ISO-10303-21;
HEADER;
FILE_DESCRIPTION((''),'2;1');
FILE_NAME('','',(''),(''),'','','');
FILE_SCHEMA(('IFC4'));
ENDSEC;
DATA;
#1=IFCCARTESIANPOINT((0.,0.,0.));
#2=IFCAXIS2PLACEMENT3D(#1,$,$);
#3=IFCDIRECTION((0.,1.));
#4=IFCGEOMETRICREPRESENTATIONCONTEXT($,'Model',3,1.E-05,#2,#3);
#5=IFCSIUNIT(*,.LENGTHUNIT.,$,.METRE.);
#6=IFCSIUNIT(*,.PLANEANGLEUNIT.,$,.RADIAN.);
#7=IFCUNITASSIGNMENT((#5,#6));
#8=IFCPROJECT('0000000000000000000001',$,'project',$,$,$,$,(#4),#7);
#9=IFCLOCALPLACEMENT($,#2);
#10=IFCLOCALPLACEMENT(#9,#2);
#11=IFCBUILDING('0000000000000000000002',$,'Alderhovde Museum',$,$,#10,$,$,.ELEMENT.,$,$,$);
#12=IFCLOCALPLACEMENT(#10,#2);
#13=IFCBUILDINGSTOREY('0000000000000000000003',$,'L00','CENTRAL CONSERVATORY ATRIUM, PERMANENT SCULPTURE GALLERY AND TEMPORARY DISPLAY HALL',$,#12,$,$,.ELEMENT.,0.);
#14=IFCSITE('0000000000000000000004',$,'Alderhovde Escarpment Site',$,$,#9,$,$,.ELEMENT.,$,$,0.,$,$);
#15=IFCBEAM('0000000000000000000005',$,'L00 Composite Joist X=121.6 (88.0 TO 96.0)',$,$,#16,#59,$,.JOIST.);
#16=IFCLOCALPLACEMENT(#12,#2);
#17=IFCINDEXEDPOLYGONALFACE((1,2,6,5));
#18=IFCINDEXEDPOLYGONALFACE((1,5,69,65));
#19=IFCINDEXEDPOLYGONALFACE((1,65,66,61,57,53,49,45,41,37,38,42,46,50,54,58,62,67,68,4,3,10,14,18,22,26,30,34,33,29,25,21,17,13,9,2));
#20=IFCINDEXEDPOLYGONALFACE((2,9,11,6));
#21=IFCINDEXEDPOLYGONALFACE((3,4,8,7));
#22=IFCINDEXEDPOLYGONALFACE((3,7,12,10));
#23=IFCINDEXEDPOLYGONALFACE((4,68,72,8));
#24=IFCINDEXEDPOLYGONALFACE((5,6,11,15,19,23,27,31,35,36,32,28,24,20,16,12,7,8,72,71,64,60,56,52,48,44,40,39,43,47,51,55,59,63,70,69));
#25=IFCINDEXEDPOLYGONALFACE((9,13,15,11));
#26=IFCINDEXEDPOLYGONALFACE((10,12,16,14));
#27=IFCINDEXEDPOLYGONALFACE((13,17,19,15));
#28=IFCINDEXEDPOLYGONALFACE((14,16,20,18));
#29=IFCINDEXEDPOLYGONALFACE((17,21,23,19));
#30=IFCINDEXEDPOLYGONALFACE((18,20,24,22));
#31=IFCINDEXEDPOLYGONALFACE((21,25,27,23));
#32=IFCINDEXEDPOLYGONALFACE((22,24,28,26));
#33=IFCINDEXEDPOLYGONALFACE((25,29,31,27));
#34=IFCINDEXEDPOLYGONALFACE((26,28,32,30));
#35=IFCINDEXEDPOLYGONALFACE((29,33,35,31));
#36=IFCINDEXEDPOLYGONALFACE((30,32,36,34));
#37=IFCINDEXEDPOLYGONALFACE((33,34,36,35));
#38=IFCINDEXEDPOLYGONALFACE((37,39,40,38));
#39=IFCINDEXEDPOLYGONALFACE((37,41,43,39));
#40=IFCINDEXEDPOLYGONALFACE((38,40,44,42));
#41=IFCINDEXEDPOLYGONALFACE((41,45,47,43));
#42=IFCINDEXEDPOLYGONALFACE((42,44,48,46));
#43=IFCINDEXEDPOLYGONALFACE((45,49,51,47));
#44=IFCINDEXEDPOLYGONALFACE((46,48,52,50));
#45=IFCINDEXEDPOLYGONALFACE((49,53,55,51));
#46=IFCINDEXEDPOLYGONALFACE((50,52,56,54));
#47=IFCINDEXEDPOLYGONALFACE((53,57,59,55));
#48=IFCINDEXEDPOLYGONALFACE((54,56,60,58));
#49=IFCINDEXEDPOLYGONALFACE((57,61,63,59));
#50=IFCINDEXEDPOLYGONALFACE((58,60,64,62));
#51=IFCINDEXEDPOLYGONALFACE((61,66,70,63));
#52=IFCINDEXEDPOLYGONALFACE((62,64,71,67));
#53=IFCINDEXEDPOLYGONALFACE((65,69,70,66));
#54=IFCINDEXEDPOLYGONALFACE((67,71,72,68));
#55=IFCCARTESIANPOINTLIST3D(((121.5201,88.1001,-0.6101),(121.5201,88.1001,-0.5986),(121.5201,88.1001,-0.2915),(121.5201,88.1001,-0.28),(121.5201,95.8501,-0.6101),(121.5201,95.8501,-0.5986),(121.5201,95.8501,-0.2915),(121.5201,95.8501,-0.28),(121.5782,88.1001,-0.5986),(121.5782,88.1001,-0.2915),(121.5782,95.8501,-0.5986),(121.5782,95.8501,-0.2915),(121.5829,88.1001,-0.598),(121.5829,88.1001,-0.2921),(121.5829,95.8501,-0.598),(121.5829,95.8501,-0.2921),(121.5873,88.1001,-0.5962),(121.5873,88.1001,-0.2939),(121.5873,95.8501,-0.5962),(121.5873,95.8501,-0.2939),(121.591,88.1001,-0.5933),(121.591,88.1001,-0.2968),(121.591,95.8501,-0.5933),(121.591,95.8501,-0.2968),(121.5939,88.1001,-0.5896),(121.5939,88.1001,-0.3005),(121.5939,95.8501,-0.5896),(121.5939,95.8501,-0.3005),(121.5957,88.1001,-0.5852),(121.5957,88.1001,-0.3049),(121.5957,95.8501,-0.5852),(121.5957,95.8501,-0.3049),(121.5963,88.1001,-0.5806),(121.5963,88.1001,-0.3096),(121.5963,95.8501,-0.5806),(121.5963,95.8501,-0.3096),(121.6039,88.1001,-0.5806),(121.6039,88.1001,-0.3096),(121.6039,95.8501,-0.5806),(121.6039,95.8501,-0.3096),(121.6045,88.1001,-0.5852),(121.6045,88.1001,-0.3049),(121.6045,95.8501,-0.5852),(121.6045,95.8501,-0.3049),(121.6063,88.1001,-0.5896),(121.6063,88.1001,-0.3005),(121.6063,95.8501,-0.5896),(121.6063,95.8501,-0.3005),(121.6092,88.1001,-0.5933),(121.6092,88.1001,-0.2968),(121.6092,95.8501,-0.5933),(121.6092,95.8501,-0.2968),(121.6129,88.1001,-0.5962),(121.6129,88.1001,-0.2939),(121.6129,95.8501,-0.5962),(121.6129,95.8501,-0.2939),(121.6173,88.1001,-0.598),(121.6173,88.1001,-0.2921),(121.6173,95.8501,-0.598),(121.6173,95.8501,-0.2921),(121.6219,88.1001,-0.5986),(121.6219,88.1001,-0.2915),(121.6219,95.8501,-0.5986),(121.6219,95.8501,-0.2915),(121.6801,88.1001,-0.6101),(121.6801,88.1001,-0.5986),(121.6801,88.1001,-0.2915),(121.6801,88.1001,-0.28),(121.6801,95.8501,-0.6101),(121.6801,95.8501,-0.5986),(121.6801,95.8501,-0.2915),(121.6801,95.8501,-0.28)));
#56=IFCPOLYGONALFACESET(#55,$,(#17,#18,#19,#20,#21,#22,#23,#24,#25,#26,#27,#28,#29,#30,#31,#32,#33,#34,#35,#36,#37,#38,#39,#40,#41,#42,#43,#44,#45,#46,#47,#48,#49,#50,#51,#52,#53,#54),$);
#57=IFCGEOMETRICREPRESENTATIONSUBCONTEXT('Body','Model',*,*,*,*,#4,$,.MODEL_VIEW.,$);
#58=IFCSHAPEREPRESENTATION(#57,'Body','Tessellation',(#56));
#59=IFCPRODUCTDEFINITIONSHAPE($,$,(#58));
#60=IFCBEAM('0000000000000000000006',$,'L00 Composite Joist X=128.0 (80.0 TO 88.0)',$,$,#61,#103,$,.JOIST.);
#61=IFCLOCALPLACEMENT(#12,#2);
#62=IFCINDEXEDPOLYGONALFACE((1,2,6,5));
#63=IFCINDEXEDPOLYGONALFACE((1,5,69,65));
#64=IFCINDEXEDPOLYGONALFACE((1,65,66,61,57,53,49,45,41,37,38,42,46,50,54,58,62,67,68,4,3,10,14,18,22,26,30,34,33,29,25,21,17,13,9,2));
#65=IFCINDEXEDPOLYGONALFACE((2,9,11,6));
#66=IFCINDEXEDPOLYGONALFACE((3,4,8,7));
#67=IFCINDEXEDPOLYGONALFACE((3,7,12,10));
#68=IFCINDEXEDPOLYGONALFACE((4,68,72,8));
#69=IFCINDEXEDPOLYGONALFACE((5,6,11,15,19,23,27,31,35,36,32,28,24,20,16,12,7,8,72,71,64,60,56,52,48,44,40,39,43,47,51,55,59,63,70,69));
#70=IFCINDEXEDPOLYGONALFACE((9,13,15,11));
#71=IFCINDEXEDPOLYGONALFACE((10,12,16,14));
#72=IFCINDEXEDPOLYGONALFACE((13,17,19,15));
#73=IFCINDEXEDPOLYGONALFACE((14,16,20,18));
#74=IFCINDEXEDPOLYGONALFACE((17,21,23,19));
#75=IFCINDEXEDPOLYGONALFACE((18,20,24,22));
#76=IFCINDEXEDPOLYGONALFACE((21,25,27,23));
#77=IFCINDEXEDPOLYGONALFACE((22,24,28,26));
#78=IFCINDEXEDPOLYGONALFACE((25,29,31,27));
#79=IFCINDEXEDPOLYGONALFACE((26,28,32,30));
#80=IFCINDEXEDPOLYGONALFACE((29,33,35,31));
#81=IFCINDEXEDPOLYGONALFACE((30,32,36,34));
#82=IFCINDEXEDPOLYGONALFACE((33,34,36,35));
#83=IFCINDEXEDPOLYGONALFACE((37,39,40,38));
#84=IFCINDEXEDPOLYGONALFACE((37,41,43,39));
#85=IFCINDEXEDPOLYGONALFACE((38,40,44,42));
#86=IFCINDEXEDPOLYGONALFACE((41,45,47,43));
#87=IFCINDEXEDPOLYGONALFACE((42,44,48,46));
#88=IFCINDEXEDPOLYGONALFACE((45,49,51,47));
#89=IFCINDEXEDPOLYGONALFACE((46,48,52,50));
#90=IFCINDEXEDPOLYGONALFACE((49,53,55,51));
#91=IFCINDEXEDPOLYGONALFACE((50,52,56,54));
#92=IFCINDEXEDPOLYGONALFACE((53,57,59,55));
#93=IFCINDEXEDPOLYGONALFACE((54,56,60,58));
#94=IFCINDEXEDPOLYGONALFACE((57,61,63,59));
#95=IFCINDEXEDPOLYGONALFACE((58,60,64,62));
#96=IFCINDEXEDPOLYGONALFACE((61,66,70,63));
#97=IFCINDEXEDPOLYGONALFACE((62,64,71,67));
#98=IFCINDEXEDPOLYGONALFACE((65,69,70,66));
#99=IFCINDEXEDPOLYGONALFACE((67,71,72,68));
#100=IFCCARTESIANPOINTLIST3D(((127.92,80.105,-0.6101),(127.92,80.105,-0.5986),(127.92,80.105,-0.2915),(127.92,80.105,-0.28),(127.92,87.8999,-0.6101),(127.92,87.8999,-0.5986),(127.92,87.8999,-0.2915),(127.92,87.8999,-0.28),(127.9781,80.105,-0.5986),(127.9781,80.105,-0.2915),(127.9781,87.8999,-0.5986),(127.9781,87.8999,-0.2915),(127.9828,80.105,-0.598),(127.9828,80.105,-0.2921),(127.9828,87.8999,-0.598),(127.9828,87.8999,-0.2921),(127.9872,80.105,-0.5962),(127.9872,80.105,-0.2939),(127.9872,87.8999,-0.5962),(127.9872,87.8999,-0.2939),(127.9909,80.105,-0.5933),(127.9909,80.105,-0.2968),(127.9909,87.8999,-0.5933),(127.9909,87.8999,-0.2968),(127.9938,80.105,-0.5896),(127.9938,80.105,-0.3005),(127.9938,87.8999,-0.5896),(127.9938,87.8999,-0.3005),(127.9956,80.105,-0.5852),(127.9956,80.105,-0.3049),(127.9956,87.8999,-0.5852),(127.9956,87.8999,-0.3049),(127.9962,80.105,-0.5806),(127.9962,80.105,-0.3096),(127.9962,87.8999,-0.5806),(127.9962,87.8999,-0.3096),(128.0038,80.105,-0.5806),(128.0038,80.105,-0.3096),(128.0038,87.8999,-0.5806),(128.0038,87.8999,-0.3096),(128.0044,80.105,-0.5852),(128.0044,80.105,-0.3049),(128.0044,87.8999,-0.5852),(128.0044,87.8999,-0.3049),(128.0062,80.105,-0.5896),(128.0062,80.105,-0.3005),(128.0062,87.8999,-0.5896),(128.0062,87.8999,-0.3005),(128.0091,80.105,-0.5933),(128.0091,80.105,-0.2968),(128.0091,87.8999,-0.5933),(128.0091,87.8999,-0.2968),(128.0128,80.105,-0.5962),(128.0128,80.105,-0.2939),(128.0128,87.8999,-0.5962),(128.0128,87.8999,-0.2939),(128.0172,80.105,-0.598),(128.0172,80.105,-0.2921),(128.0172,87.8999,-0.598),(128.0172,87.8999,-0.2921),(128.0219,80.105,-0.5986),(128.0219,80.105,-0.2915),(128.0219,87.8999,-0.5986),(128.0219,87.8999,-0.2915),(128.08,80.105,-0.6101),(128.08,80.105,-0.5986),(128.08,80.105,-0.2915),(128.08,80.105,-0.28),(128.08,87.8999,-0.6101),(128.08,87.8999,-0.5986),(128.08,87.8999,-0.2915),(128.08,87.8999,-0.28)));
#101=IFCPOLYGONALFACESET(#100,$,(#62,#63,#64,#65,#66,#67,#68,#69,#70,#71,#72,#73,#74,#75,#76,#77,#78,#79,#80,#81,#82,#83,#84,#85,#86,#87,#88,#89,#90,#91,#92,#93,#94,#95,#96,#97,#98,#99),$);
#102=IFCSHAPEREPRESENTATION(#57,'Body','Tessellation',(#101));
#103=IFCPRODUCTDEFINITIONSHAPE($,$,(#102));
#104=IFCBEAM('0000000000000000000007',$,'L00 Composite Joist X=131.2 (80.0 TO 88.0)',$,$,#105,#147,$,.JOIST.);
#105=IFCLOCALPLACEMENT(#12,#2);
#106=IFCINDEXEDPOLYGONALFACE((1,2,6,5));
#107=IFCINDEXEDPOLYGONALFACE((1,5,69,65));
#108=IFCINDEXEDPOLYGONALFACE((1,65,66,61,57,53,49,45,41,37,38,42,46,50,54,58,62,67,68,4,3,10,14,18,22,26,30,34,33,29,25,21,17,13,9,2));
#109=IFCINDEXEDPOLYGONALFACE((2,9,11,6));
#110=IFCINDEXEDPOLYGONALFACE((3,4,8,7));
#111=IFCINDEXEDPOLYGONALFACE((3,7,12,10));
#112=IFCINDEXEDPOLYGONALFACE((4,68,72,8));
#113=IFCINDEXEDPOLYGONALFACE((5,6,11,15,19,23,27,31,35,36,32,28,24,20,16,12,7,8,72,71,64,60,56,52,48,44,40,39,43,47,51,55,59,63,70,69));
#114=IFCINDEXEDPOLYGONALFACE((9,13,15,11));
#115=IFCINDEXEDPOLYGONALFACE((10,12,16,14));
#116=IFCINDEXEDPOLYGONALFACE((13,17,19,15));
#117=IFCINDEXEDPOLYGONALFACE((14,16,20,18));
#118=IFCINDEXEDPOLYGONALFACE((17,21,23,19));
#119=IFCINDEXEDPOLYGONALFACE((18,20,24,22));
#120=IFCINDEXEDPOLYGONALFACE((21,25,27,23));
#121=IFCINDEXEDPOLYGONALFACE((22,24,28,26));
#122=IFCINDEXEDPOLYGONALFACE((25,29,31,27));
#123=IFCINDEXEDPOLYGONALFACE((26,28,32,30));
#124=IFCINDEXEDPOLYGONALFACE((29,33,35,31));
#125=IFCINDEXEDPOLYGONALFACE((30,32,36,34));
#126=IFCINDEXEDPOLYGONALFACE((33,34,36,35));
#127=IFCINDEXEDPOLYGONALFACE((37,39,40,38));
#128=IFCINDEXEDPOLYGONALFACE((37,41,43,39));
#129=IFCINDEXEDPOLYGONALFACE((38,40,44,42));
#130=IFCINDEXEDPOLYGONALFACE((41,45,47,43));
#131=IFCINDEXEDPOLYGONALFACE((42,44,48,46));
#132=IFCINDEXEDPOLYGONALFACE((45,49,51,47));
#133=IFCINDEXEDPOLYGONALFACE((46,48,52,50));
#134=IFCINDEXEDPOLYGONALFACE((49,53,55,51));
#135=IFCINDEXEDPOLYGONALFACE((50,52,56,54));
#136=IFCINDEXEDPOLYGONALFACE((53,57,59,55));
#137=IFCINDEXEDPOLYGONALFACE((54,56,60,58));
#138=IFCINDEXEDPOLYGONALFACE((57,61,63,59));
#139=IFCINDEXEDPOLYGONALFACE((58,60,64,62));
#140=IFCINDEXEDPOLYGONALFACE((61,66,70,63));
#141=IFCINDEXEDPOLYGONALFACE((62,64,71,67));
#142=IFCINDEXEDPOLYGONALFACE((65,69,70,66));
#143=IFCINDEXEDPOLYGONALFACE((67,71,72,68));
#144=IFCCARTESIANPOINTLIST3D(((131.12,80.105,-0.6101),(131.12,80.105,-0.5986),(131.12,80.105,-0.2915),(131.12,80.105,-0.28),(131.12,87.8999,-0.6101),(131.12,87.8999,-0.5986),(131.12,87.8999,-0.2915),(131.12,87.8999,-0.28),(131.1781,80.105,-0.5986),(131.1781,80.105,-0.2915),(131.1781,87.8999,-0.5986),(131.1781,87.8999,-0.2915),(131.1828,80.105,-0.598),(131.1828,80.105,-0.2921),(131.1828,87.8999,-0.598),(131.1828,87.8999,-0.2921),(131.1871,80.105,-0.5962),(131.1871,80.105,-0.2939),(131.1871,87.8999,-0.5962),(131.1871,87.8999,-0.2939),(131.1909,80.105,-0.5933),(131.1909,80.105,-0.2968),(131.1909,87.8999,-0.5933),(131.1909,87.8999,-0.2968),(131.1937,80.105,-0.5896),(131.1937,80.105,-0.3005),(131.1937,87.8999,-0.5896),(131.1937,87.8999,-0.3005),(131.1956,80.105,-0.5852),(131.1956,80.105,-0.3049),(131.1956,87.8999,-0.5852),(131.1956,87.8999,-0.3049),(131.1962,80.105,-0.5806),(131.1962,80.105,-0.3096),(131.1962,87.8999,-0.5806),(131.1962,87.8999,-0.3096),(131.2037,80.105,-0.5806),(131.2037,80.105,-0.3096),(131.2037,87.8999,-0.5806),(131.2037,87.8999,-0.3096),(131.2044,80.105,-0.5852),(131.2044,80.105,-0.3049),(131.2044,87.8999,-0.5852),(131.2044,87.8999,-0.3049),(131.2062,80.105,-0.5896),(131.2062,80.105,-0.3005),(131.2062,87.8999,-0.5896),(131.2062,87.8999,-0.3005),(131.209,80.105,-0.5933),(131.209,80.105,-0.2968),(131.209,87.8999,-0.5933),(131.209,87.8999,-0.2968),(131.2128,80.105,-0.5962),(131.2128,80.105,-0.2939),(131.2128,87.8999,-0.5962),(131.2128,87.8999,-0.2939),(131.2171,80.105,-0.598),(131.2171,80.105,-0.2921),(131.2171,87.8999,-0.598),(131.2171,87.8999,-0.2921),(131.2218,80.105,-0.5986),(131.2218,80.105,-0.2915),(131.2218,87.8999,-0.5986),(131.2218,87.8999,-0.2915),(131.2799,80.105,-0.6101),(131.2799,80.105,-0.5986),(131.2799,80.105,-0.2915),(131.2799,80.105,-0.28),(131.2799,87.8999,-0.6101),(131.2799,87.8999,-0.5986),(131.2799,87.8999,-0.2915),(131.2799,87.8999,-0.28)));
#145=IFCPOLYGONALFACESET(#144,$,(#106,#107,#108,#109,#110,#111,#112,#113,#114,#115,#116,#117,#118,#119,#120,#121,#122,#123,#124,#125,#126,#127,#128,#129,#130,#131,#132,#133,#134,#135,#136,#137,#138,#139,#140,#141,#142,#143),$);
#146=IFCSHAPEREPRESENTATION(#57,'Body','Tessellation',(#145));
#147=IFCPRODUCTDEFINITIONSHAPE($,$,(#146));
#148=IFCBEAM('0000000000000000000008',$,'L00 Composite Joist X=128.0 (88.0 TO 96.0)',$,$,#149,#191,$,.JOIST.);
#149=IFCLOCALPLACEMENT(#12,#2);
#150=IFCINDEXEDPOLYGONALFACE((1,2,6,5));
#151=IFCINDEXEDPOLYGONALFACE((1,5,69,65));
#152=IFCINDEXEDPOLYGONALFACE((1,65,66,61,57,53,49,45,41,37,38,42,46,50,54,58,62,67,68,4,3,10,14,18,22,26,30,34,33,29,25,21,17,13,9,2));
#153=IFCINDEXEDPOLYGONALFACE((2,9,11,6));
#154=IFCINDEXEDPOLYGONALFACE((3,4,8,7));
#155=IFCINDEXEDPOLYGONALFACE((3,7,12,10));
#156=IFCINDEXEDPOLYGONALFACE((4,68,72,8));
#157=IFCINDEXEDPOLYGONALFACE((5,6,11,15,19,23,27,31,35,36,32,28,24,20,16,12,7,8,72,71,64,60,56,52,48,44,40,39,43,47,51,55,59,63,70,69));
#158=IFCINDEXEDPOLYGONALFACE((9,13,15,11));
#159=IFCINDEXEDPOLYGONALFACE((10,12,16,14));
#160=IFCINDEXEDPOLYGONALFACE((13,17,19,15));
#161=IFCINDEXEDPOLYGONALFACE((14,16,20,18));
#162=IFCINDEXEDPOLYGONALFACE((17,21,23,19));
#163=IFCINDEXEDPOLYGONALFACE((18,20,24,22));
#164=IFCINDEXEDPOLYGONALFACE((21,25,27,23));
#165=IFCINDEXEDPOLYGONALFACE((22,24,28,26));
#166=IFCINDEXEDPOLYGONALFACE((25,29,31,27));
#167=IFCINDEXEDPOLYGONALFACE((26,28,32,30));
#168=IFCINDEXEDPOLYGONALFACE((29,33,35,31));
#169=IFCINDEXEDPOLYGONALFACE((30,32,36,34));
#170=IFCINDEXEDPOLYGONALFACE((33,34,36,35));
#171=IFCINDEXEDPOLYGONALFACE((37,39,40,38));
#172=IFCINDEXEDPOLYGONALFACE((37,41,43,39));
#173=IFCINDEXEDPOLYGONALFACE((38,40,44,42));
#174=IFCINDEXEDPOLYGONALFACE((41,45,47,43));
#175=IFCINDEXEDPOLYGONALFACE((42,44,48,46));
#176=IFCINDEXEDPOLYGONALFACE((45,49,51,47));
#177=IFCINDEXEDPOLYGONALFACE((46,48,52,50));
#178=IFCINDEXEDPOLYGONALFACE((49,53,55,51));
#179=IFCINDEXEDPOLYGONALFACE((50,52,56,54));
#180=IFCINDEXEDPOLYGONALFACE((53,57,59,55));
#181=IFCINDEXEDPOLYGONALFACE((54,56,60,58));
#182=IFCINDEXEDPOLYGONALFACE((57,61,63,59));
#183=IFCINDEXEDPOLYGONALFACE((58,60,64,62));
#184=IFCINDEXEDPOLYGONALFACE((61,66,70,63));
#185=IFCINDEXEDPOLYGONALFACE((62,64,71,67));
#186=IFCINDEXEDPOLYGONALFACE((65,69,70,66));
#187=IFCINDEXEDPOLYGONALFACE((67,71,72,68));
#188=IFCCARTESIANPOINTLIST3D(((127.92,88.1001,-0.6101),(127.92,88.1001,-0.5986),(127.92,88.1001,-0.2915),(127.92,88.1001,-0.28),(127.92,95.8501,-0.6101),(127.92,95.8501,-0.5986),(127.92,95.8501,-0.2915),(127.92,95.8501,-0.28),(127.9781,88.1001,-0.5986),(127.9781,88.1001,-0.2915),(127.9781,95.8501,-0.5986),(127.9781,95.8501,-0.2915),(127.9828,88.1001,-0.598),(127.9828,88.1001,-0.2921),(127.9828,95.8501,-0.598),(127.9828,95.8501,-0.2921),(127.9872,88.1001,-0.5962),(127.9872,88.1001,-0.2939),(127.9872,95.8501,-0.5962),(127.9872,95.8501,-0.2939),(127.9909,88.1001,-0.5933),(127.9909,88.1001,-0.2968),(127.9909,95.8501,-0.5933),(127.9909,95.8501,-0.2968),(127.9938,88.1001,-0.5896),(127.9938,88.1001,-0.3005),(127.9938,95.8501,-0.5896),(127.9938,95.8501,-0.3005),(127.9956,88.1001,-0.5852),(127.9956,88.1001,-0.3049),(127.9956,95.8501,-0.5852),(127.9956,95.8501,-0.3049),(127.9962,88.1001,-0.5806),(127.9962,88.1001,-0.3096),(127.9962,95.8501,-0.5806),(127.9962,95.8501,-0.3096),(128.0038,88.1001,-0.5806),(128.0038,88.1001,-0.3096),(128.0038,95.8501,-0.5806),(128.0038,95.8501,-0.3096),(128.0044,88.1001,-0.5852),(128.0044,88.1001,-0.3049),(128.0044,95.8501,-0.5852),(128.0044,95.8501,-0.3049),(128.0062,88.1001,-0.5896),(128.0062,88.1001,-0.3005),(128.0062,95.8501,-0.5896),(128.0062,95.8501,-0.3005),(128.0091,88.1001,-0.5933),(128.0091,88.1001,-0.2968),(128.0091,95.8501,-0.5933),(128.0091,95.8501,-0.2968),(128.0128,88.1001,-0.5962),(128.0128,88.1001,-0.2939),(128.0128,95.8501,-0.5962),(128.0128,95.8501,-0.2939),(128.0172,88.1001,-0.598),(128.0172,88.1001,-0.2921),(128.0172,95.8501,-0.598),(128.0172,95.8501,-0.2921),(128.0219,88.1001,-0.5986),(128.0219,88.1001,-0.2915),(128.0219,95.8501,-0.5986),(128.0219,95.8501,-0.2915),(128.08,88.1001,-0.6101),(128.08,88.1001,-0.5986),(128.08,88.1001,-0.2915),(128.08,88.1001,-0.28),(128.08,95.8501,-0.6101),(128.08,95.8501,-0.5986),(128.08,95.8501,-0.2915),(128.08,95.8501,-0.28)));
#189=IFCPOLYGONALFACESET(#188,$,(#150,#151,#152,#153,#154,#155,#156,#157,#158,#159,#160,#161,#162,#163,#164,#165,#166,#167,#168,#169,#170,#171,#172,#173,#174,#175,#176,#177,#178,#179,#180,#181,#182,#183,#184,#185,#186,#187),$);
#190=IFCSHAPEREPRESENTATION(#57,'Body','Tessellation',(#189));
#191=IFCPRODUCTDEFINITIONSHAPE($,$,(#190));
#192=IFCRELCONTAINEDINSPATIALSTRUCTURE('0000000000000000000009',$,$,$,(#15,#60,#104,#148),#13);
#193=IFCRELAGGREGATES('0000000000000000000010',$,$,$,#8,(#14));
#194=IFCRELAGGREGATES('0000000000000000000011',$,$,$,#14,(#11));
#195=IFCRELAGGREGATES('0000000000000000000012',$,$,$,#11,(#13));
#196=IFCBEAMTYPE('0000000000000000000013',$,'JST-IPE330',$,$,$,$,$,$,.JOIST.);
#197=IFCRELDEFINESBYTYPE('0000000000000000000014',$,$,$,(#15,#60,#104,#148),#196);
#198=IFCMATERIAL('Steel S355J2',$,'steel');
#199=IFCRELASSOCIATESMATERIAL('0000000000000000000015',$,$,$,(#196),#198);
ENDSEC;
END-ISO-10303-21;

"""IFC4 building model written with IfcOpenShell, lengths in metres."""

from ifc_helpers import new_model, si_unit, direction, frame, origin, origin_2d, place, context, subcontext, project, spatial, i_section, extrude, material, material_profile, profile_set, type_object, element, save


model = new_model("IFC4")

# Units and contexts
model_context = context("Model", 3, precision=1e-05, world=origin(), true_north=direction((0.0, 1.0)))
body_context = subcontext(model_context, "Body", "Model", "MODEL_VIEW")
ifc_project = project(units=[si_unit("LENGTHUNIT", "METRE"), si_unit("PLANEANGLEUNIT", "RADIAN")], contexts=[model_context])

# Site, building, storey
site_placement = place(None, origin())
site = spatial("IfcSite", under=ifc_project, at=site_placement, Name="Alderhovde Escarpment Site", CompositionType="ELEMENT", RefElevation=0.0)
building_placement = place(site_placement, origin())
building = spatial("IfcBuilding", under=site, at=building_placement, Name="Alderhovde Museum", CompositionType="ELEMENT")
storey_placement = place(building_placement, origin())
storey = spatial("IfcBuildingStorey", under=building, at=storey_placement, Name="L00", Description="CENTRAL CONSERVATORY ATRIUM, PERMANENT SCULPTURE GALLERY AND TEMPORARY DISPLAY HALL", CompositionType="ELEMENT", Elevation=0.0)

# Beams
ifc_material_1 = material(Name="Steel S355J2", Category="steel")
ifc_material_profile_1 = material_profile(ifc_material_1, i_section(OverallWidth=0.1599, OverallDepth=0.3301, WebThickness=0.0076, FlangeThickness=0.0115, FilletRadius=0.0181, at=origin_2d()), Name="IPE 330")
ifc_profile_set_1 = profile_set([ifc_material_profile_1], Name="Steel S355J2")
beam_type_1 = type_object("IfcBeamType", Name="JST-IPE330", PredefinedType="JOIST", material=ifc_profile_set_1)
for number, where, z_axis, x_axis, name in (
    (1, (121.6001, 88.1001, -0.4451), (0.0, 1.0, 0.0), (-1.0, 0.0, 0.0), "L00 Composite Joist X=121.6 (88.0 TO 96.0)"),
):
    element("IfcBeam", number, at=place(storey_placement, frame(where, z_axis=z_axis, x_axis=x_axis)), inside=storey, type_object=beam_type_1, Name=name, PredefinedType="JOIST", context=body_context, shape_type="SweptSolid", body=[
        extrude(i_section(OverallWidth=0.1599, OverallDepth=0.3301, WebThickness=0.0076, FlangeThickness=0.0115, FilletRadius=0.0181, at=origin_2d()), origin(), (0.0, 0.0, 1.0), 7.75),
    ])
for number, where, z_axis, x_axis, name in (
    (2, (128.0, 80.105, -0.4451), (0.0, 1.0, 0.0), (-1.0, 0.0, 0.0), "L00 Composite Joist X=128.0 (80.0 TO 88.0)"),
    (3, (131.2, 80.105, -0.4451), (0.0, 1.0, 0.0), (-1.0, 0.0, 0.0), "L00 Composite Joist X=131.2 (80.0 TO 88.0)"),
):
    element("IfcBeam", number, at=place(storey_placement, frame(where, z_axis=z_axis, x_axis=x_axis)), inside=storey, type_object=beam_type_1, Name=name, PredefinedType="JOIST", context=body_context, shape_type="SweptSolid", body=[
        extrude(i_section(OverallWidth=0.1599, OverallDepth=0.3301, WebThickness=0.0076, FlangeThickness=0.0115, FilletRadius=0.0181, at=origin_2d()), origin(), (0.0, 0.0, 1.0), 7.7949),
    ])
for number, where, z_axis, x_axis, name in (
    (4, (128.0, 88.1001, -0.4451), (0.0, 1.0, 0.0), (-1.0, 0.0, 0.0), "L00 Composite Joist X=128.0 (88.0 TO 96.0)"),
):
    element("IfcBeam", number, at=place(storey_placement, frame(where, z_axis=z_axis, x_axis=x_axis)), inside=storey, type_object=beam_type_1, Name=name, PredefinedType="JOIST", context=body_context, shape_type="SweptSolid", body=[
        extrude(i_section(OverallWidth=0.1599, OverallDepth=0.3301, WebThickness=0.0076, FlangeThickness=0.0115, FilletRadius=0.0181, at=origin_2d()), origin(), (0.0, 0.0, 1.0), 7.75),
    ])

save(model, "model.ifc")
